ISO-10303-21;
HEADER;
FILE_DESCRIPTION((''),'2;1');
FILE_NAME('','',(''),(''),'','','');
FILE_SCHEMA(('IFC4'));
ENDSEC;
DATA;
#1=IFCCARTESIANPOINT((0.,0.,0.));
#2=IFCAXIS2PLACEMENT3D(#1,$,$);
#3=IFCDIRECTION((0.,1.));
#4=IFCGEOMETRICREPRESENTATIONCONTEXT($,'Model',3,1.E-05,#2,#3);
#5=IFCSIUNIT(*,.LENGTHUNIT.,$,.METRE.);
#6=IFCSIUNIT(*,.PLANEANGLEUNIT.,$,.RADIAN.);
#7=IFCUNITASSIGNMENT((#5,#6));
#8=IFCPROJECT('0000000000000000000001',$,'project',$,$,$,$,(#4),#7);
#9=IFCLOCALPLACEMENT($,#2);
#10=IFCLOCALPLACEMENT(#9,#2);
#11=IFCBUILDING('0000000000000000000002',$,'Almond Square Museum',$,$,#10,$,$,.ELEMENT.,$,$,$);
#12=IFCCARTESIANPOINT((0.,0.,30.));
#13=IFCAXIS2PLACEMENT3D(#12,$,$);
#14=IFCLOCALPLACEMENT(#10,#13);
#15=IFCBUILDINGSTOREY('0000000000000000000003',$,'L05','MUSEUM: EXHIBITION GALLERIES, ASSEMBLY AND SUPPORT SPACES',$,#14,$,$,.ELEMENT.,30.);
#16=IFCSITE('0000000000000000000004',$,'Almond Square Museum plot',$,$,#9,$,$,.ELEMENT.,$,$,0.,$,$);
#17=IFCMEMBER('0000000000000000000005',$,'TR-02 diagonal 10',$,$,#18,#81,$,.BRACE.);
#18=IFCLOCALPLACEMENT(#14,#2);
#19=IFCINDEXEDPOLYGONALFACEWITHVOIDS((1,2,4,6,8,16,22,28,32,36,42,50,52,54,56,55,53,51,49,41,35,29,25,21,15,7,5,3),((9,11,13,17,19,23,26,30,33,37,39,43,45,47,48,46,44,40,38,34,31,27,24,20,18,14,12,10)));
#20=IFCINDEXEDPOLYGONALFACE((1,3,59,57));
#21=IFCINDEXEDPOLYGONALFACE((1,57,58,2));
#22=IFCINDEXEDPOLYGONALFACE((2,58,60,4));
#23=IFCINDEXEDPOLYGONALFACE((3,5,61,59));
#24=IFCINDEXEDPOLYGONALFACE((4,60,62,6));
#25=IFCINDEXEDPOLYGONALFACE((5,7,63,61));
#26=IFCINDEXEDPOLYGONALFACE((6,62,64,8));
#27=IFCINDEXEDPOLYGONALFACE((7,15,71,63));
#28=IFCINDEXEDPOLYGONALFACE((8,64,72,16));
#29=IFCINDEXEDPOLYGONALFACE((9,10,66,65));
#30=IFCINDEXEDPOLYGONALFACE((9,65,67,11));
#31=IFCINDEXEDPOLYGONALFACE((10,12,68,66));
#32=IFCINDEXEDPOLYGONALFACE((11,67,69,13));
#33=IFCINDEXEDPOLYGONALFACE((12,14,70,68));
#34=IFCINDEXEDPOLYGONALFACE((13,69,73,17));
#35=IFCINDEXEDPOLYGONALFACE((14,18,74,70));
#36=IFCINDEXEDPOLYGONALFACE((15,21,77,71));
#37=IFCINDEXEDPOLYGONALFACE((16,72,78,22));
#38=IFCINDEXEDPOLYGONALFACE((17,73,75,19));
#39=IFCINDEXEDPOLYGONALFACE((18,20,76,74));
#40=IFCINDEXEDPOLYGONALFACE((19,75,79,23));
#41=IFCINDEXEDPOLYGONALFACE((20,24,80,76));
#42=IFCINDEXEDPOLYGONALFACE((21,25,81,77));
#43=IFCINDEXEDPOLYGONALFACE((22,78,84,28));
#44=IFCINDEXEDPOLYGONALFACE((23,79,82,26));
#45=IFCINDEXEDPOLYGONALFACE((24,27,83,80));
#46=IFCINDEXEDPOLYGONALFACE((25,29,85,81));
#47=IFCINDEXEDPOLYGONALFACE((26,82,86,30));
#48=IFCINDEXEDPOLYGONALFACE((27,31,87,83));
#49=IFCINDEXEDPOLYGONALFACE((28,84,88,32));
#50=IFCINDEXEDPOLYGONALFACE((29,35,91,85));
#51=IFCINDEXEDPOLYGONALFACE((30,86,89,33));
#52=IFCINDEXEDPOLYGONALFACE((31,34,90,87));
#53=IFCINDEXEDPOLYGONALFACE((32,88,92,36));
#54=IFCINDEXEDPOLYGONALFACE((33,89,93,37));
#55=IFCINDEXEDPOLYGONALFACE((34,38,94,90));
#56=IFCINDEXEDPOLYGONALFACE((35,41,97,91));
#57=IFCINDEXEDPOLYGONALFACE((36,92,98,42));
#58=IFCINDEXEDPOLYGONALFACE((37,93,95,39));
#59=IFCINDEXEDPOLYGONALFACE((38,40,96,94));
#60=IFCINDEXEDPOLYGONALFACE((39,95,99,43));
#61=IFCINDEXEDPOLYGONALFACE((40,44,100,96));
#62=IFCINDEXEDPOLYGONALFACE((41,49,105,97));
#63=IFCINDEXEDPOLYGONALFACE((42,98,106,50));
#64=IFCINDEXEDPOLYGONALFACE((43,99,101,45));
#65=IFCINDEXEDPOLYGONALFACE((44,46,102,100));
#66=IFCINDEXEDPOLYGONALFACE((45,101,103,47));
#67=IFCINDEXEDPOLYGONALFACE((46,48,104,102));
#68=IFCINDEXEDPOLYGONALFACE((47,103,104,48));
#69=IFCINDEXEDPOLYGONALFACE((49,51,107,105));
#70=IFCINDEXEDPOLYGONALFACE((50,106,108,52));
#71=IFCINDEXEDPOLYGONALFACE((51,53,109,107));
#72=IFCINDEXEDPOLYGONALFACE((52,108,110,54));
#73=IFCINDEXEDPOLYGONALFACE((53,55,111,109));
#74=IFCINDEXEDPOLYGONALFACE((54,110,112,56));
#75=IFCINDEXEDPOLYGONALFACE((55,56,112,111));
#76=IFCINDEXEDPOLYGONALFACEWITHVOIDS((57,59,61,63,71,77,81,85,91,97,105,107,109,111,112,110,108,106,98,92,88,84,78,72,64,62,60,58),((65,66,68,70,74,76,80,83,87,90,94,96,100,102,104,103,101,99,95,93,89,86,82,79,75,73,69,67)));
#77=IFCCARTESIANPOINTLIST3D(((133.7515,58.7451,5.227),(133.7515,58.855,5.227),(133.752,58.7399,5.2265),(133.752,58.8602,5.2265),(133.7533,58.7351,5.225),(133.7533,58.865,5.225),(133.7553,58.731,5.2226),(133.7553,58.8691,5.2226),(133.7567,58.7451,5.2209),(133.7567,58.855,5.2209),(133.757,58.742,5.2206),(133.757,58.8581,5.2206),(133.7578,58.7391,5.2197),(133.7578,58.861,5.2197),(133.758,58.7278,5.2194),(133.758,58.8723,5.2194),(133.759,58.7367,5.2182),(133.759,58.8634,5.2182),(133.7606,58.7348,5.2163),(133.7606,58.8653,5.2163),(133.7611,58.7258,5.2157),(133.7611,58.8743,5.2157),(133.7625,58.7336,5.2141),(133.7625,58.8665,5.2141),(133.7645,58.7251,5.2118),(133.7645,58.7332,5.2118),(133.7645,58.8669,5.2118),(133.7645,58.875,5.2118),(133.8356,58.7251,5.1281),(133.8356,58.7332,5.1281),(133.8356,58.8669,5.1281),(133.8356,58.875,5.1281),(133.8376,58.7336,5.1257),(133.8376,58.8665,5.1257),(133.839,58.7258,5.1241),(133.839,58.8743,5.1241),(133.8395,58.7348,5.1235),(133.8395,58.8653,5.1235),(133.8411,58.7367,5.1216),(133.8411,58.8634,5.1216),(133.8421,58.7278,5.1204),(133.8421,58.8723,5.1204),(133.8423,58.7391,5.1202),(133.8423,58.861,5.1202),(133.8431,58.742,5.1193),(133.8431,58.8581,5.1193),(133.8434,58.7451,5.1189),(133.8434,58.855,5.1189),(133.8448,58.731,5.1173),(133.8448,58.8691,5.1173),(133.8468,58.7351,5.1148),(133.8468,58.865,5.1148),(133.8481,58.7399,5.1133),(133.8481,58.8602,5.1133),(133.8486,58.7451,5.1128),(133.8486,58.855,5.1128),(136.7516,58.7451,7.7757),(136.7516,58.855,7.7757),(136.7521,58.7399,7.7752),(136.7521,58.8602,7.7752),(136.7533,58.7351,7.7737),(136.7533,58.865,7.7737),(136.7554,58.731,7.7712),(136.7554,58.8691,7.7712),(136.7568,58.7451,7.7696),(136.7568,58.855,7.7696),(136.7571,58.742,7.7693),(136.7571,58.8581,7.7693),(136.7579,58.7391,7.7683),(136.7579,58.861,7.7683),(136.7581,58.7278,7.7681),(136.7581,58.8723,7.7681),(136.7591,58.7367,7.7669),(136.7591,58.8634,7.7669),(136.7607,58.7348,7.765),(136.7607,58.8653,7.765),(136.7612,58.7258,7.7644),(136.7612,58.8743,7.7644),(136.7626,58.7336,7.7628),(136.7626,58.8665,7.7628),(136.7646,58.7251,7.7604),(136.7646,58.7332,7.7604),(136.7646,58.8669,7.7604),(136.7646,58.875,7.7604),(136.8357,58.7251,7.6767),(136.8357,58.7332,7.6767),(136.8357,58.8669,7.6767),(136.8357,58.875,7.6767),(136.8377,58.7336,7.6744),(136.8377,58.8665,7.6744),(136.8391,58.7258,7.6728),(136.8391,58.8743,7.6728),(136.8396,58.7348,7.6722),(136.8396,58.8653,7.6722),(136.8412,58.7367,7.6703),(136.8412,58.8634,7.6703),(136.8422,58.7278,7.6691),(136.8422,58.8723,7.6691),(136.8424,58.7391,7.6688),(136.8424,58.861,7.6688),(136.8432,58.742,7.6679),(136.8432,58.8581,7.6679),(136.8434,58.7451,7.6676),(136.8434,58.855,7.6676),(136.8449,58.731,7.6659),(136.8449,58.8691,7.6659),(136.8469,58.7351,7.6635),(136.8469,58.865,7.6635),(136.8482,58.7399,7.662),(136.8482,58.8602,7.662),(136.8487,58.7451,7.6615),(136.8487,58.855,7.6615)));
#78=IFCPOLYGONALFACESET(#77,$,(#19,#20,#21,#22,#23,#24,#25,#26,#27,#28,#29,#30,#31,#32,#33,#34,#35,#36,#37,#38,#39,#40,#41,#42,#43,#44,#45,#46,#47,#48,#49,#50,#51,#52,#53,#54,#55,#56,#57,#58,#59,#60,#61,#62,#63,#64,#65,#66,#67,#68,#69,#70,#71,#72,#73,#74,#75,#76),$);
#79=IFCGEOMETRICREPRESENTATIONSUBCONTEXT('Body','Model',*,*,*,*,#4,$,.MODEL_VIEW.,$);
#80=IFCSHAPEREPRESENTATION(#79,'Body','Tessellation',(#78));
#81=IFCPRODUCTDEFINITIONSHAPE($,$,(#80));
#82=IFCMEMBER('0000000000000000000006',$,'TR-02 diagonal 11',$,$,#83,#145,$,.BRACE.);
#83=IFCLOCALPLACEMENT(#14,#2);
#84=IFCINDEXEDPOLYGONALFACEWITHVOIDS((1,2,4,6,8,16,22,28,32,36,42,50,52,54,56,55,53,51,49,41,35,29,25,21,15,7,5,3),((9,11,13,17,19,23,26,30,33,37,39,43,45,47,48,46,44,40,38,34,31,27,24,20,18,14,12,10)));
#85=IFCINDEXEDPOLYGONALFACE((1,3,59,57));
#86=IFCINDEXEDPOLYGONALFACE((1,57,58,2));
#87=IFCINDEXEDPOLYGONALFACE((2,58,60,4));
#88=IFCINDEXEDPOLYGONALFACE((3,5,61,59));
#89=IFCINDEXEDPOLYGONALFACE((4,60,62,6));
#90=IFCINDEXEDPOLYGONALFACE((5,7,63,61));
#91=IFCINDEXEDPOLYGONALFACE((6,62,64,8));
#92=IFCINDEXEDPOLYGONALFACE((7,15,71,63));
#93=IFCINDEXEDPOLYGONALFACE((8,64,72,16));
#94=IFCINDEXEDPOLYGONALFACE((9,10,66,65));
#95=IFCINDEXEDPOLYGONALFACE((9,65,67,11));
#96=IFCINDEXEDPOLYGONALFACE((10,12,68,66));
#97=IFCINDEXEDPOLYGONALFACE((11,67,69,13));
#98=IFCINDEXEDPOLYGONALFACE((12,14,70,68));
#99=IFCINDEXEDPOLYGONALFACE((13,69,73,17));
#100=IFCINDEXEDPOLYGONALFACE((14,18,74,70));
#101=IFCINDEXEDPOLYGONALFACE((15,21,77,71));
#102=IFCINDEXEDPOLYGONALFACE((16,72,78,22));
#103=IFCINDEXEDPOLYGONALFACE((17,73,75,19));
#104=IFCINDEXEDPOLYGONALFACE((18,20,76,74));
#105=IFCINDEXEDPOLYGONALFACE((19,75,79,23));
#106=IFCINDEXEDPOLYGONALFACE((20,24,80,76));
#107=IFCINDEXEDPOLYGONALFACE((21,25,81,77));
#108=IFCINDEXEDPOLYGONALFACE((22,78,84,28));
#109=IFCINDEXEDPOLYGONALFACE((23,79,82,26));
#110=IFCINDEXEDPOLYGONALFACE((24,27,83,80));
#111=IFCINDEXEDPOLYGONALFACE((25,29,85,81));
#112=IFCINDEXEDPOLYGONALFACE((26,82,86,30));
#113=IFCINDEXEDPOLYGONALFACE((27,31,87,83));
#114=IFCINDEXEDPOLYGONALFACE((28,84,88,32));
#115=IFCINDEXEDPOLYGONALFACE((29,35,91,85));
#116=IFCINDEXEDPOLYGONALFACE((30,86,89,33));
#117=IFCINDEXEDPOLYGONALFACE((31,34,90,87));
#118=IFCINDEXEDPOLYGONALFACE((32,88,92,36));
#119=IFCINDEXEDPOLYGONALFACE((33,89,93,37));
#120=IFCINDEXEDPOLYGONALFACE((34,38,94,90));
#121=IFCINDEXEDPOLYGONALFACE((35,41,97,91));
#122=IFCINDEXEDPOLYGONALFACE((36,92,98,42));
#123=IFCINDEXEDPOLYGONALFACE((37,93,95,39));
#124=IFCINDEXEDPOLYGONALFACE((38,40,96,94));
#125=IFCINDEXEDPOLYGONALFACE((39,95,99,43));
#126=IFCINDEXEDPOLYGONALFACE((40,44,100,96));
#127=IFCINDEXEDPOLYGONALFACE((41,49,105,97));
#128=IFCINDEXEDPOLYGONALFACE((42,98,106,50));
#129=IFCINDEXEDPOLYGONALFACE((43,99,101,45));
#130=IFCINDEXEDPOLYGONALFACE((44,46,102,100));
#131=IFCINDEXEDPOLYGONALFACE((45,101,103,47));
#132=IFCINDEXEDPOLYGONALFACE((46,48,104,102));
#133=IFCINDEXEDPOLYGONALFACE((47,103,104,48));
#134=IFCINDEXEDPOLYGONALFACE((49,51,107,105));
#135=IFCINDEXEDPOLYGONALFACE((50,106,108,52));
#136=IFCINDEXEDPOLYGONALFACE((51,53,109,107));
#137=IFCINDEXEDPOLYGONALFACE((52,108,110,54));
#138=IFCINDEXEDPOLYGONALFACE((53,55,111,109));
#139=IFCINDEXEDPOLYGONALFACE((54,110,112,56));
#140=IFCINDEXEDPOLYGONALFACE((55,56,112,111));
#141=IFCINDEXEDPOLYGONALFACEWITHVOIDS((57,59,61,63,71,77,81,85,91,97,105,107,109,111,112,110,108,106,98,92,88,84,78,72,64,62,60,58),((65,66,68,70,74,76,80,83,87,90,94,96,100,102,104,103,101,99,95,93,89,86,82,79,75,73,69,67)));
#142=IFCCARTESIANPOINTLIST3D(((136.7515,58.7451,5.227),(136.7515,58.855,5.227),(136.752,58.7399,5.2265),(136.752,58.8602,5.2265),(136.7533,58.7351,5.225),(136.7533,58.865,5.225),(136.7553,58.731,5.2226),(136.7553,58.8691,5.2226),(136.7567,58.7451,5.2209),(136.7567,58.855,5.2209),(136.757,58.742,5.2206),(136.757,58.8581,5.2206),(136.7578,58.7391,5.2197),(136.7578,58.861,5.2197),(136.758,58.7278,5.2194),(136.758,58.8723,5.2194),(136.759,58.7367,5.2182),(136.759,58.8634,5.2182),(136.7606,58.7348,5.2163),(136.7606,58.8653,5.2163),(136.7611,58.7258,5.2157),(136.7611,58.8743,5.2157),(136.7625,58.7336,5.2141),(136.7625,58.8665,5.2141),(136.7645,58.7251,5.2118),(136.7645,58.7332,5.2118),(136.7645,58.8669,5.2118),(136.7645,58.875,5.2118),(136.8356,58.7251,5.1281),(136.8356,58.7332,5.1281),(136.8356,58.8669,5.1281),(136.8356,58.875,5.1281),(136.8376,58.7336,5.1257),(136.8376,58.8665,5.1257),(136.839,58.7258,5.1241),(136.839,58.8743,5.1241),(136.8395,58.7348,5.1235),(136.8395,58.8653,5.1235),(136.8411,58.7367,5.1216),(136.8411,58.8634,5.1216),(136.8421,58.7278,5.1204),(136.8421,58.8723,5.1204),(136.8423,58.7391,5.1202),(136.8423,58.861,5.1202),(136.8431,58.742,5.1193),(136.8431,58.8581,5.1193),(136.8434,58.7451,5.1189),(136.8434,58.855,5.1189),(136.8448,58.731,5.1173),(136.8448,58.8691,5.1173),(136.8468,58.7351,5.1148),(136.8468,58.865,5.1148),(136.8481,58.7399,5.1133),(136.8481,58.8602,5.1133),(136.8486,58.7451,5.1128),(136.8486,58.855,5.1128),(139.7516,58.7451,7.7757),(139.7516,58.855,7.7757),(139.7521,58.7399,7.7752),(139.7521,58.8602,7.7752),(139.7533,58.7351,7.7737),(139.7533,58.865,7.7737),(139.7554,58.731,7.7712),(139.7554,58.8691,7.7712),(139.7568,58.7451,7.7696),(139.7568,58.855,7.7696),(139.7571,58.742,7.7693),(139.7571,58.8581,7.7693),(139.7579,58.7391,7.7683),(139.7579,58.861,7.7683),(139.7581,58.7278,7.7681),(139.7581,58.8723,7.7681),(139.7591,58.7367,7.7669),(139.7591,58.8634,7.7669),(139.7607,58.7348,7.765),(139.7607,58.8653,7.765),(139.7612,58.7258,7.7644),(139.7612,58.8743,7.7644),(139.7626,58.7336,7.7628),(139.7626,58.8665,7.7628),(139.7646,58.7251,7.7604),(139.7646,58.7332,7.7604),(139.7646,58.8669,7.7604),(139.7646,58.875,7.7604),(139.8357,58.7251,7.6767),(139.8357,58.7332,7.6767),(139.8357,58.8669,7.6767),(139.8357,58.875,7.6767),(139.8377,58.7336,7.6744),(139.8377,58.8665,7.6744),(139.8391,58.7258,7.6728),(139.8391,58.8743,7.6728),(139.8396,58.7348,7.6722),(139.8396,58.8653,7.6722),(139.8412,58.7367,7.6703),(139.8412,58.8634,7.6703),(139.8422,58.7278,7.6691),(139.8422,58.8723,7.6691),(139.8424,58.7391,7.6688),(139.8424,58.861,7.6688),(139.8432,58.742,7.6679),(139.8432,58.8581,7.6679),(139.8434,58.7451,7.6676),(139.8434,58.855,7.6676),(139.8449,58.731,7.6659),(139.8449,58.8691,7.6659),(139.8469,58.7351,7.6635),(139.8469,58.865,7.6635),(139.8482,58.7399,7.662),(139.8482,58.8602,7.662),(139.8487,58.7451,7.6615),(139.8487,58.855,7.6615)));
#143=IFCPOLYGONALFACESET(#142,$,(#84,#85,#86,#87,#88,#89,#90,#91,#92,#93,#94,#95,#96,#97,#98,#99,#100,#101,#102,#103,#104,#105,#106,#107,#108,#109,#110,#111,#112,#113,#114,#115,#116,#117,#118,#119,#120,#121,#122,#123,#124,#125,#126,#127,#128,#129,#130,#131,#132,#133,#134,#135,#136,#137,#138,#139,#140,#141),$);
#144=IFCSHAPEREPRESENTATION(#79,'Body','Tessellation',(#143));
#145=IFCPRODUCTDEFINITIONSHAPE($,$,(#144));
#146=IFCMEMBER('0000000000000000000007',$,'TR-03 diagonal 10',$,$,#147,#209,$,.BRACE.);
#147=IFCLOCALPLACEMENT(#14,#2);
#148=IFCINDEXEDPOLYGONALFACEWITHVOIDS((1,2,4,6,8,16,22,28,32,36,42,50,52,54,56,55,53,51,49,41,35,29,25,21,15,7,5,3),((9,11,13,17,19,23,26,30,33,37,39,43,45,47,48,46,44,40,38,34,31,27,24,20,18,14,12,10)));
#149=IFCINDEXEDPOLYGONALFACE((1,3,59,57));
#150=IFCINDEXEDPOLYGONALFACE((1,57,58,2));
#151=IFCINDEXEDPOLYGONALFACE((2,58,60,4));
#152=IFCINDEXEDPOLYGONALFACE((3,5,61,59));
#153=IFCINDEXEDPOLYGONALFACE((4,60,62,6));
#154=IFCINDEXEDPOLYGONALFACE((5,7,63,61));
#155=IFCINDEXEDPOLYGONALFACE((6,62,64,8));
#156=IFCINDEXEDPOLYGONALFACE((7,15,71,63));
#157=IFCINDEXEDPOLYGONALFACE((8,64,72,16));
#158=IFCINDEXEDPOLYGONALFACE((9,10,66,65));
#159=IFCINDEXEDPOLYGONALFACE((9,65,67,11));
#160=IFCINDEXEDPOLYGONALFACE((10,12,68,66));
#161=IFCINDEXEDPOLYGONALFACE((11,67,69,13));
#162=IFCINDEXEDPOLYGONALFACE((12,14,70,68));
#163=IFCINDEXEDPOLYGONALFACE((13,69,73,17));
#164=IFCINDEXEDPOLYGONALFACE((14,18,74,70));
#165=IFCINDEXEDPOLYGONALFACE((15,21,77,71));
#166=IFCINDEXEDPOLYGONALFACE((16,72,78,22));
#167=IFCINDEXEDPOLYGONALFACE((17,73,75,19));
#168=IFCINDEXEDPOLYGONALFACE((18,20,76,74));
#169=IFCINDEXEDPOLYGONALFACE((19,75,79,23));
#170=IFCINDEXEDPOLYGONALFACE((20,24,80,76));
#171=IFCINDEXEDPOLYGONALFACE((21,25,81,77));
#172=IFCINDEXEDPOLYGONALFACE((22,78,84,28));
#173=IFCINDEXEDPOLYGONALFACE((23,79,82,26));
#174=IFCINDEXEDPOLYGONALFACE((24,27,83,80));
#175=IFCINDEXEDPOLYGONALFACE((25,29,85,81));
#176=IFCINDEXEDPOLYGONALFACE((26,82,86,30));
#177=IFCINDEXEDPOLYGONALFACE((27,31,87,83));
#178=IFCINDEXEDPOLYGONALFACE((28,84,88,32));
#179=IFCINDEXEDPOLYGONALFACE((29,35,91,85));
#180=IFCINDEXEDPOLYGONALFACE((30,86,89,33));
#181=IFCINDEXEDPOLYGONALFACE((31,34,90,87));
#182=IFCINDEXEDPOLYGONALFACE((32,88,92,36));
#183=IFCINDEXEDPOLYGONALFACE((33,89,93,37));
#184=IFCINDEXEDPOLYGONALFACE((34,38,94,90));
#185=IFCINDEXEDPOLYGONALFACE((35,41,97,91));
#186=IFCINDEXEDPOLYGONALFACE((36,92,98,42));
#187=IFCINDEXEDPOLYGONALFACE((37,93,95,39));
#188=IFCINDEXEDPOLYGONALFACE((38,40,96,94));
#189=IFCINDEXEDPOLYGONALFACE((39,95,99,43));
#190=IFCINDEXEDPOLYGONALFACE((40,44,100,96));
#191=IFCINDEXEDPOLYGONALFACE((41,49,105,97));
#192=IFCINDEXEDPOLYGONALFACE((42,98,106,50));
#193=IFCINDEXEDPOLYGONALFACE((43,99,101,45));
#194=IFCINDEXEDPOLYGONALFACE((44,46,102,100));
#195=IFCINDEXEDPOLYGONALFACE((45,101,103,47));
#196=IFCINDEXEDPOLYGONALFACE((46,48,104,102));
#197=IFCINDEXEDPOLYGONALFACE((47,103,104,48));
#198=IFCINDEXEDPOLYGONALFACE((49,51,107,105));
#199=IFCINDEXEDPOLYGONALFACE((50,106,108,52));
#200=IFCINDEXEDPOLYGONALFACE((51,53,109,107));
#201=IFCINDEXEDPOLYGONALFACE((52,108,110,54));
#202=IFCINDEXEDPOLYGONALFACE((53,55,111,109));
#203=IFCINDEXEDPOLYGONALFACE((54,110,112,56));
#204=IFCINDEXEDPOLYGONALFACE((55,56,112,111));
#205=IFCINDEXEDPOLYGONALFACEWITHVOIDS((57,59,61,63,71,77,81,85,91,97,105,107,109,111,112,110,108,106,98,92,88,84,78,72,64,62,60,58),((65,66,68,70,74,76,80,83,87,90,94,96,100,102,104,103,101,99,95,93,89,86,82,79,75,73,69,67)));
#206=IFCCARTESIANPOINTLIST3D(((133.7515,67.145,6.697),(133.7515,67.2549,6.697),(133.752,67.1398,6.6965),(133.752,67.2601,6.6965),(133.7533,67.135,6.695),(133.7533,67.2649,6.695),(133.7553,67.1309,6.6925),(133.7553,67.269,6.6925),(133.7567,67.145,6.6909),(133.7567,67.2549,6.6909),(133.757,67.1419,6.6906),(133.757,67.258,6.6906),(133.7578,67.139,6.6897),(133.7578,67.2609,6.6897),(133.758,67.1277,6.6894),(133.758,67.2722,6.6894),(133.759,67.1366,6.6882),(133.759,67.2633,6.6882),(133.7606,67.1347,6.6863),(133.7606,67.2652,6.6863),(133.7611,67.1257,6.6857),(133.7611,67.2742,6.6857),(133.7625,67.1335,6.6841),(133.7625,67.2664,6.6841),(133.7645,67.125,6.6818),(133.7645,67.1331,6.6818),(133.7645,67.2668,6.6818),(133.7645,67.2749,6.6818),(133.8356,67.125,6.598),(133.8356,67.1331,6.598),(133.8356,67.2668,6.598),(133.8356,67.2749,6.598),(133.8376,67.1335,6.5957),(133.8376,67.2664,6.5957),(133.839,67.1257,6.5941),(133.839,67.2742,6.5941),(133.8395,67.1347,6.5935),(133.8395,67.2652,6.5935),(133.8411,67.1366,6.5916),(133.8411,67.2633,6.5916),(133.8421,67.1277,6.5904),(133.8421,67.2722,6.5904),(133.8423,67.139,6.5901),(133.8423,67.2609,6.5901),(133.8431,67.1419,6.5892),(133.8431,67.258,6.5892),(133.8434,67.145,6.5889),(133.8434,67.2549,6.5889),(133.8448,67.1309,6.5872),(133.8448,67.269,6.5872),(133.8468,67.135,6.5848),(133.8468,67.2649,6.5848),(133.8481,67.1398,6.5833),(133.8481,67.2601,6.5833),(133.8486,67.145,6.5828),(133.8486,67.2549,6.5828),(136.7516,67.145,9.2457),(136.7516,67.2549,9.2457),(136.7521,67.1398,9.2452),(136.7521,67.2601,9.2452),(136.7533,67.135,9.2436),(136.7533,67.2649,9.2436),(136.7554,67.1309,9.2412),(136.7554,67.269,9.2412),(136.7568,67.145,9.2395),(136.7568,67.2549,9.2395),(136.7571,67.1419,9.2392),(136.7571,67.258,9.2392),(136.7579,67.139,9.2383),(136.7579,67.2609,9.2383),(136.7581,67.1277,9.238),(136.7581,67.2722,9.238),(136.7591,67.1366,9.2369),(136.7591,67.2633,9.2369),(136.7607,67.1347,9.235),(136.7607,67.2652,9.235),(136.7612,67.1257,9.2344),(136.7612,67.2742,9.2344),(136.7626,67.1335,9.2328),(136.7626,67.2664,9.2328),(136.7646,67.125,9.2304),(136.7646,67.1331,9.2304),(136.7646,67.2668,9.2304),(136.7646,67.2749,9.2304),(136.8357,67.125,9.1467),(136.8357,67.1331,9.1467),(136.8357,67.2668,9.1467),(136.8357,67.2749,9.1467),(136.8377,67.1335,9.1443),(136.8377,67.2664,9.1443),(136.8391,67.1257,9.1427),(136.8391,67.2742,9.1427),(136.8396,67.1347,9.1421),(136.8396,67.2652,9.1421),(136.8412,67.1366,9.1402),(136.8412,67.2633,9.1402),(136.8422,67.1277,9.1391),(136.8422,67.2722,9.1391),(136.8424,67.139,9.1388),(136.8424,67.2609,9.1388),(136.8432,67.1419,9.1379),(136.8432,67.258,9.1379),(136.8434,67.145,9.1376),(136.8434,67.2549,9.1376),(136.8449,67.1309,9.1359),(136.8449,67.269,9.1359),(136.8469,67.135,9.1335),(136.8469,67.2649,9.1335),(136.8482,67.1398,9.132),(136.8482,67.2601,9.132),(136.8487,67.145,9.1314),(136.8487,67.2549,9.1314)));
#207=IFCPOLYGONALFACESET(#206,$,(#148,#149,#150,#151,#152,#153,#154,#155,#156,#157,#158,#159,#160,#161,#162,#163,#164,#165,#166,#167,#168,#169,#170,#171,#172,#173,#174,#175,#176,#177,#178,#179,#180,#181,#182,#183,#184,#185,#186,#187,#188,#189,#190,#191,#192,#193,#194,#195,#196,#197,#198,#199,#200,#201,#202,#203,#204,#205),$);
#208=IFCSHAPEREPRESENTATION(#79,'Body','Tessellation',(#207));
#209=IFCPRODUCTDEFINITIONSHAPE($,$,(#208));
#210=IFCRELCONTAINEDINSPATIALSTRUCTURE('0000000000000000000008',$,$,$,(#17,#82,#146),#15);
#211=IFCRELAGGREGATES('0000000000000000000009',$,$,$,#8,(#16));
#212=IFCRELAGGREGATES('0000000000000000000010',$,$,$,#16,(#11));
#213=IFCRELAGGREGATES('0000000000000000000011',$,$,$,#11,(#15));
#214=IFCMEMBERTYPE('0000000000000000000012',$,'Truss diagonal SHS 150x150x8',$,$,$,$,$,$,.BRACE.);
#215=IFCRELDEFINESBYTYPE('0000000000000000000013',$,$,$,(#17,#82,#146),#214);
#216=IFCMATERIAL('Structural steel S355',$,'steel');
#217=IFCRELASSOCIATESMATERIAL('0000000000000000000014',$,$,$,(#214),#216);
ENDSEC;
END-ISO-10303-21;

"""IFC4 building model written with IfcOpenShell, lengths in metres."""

from ifc_helpers import new_model, si_unit, direction, frame, origin, origin_2d, place, context, subcontext, project, spatial, hollow_rectangle, extrude, material, material_profile, profile_set, type_object, element, save


model = new_model("IFC4")

# Units and contexts
model_context = context("Model", 3, precision=1e-05, world=origin(), true_north=direction((0.0, 1.0)))
body_context = subcontext(model_context, "Body", "Model", "MODEL_VIEW")
ifc_project = project(units=[si_unit("LENGTHUNIT", "METRE"), si_unit("PLANEANGLEUNIT", "RADIAN")], contexts=[model_context])

# Site, building, storey
site_placement = place(None, origin())
site = spatial("IfcSite", under=ifc_project, at=site_placement, Name="Almond Square Museum plot", CompositionType="ELEMENT", RefElevation=0.0)
building_placement = place(site_placement, origin())
building = spatial("IfcBuilding", under=site, at=building_placement, Name="Almond Square Museum", CompositionType="ELEMENT")
storey_placement = place(building_placement, frame((0.0, 0.0, 30.0)))
storey = spatial("IfcBuildingStorey", under=building, at=storey_placement, Name="L05", Description="MUSEUM: EXHIBITION GALLERIES, ASSEMBLY AND SUPPORT SPACES", CompositionType="ELEMENT", Elevation=30.0)

# Members
ifc_material_1 = material(Name="Structural steel S355", Category="steel")
ifc_material_profile_1 = material_profile(ifc_material_1, hollow_rectangle(XDim=0.1499, YDim=0.1499, WallThickness=0.0081, InnerFilletRadius=0.012, OuterFilletRadius=0.02, at=origin_2d()))
ifc_profile_set_1 = profile_set([ifc_material_profile_1], Name="Structural steel S355")
member_type_1 = type_object("IfcMemberType", Name="Truss diagonal SHS 150x150x8", PredefinedType="BRACE", material=ifc_profile_set_1)
for number, where, z_axis, x_axis, name in (
    (1, (133.8, 58.8, 5.1699), (0.762117, 0.0, 0.64744), (0.0, 1.0, 0.0), "TR-02 diagonal 10"),
    (2, (136.8, 58.8, 5.1699), (0.762117, 0.0, 0.64744), (0.0, 1.0, 0.0), "TR-02 diagonal 11"),
    (3, (133.8, 67.2, 6.6399), (0.762117, 0.0, 0.64744), (0.0, 1.0, 0.0), "TR-03 diagonal 10"),
):
    element("IfcMember", number, at=place(storey_placement, frame(where, z_axis=z_axis, x_axis=x_axis)), inside=storey, type_object=member_type_1, Name=name, PredefinedType="BRACE", context=body_context, shape_type="SweptSolid", body=[
        extrude(hollow_rectangle(XDim=0.1499, YDim=0.1499, WallThickness=0.0081, InnerFilletRadius=0.012, OuterFilletRadius=0.02, at=origin_2d()), origin(), (0.0, 0.0, 1.0), 3.9365),
    ])

save(model, "model.ifc")
